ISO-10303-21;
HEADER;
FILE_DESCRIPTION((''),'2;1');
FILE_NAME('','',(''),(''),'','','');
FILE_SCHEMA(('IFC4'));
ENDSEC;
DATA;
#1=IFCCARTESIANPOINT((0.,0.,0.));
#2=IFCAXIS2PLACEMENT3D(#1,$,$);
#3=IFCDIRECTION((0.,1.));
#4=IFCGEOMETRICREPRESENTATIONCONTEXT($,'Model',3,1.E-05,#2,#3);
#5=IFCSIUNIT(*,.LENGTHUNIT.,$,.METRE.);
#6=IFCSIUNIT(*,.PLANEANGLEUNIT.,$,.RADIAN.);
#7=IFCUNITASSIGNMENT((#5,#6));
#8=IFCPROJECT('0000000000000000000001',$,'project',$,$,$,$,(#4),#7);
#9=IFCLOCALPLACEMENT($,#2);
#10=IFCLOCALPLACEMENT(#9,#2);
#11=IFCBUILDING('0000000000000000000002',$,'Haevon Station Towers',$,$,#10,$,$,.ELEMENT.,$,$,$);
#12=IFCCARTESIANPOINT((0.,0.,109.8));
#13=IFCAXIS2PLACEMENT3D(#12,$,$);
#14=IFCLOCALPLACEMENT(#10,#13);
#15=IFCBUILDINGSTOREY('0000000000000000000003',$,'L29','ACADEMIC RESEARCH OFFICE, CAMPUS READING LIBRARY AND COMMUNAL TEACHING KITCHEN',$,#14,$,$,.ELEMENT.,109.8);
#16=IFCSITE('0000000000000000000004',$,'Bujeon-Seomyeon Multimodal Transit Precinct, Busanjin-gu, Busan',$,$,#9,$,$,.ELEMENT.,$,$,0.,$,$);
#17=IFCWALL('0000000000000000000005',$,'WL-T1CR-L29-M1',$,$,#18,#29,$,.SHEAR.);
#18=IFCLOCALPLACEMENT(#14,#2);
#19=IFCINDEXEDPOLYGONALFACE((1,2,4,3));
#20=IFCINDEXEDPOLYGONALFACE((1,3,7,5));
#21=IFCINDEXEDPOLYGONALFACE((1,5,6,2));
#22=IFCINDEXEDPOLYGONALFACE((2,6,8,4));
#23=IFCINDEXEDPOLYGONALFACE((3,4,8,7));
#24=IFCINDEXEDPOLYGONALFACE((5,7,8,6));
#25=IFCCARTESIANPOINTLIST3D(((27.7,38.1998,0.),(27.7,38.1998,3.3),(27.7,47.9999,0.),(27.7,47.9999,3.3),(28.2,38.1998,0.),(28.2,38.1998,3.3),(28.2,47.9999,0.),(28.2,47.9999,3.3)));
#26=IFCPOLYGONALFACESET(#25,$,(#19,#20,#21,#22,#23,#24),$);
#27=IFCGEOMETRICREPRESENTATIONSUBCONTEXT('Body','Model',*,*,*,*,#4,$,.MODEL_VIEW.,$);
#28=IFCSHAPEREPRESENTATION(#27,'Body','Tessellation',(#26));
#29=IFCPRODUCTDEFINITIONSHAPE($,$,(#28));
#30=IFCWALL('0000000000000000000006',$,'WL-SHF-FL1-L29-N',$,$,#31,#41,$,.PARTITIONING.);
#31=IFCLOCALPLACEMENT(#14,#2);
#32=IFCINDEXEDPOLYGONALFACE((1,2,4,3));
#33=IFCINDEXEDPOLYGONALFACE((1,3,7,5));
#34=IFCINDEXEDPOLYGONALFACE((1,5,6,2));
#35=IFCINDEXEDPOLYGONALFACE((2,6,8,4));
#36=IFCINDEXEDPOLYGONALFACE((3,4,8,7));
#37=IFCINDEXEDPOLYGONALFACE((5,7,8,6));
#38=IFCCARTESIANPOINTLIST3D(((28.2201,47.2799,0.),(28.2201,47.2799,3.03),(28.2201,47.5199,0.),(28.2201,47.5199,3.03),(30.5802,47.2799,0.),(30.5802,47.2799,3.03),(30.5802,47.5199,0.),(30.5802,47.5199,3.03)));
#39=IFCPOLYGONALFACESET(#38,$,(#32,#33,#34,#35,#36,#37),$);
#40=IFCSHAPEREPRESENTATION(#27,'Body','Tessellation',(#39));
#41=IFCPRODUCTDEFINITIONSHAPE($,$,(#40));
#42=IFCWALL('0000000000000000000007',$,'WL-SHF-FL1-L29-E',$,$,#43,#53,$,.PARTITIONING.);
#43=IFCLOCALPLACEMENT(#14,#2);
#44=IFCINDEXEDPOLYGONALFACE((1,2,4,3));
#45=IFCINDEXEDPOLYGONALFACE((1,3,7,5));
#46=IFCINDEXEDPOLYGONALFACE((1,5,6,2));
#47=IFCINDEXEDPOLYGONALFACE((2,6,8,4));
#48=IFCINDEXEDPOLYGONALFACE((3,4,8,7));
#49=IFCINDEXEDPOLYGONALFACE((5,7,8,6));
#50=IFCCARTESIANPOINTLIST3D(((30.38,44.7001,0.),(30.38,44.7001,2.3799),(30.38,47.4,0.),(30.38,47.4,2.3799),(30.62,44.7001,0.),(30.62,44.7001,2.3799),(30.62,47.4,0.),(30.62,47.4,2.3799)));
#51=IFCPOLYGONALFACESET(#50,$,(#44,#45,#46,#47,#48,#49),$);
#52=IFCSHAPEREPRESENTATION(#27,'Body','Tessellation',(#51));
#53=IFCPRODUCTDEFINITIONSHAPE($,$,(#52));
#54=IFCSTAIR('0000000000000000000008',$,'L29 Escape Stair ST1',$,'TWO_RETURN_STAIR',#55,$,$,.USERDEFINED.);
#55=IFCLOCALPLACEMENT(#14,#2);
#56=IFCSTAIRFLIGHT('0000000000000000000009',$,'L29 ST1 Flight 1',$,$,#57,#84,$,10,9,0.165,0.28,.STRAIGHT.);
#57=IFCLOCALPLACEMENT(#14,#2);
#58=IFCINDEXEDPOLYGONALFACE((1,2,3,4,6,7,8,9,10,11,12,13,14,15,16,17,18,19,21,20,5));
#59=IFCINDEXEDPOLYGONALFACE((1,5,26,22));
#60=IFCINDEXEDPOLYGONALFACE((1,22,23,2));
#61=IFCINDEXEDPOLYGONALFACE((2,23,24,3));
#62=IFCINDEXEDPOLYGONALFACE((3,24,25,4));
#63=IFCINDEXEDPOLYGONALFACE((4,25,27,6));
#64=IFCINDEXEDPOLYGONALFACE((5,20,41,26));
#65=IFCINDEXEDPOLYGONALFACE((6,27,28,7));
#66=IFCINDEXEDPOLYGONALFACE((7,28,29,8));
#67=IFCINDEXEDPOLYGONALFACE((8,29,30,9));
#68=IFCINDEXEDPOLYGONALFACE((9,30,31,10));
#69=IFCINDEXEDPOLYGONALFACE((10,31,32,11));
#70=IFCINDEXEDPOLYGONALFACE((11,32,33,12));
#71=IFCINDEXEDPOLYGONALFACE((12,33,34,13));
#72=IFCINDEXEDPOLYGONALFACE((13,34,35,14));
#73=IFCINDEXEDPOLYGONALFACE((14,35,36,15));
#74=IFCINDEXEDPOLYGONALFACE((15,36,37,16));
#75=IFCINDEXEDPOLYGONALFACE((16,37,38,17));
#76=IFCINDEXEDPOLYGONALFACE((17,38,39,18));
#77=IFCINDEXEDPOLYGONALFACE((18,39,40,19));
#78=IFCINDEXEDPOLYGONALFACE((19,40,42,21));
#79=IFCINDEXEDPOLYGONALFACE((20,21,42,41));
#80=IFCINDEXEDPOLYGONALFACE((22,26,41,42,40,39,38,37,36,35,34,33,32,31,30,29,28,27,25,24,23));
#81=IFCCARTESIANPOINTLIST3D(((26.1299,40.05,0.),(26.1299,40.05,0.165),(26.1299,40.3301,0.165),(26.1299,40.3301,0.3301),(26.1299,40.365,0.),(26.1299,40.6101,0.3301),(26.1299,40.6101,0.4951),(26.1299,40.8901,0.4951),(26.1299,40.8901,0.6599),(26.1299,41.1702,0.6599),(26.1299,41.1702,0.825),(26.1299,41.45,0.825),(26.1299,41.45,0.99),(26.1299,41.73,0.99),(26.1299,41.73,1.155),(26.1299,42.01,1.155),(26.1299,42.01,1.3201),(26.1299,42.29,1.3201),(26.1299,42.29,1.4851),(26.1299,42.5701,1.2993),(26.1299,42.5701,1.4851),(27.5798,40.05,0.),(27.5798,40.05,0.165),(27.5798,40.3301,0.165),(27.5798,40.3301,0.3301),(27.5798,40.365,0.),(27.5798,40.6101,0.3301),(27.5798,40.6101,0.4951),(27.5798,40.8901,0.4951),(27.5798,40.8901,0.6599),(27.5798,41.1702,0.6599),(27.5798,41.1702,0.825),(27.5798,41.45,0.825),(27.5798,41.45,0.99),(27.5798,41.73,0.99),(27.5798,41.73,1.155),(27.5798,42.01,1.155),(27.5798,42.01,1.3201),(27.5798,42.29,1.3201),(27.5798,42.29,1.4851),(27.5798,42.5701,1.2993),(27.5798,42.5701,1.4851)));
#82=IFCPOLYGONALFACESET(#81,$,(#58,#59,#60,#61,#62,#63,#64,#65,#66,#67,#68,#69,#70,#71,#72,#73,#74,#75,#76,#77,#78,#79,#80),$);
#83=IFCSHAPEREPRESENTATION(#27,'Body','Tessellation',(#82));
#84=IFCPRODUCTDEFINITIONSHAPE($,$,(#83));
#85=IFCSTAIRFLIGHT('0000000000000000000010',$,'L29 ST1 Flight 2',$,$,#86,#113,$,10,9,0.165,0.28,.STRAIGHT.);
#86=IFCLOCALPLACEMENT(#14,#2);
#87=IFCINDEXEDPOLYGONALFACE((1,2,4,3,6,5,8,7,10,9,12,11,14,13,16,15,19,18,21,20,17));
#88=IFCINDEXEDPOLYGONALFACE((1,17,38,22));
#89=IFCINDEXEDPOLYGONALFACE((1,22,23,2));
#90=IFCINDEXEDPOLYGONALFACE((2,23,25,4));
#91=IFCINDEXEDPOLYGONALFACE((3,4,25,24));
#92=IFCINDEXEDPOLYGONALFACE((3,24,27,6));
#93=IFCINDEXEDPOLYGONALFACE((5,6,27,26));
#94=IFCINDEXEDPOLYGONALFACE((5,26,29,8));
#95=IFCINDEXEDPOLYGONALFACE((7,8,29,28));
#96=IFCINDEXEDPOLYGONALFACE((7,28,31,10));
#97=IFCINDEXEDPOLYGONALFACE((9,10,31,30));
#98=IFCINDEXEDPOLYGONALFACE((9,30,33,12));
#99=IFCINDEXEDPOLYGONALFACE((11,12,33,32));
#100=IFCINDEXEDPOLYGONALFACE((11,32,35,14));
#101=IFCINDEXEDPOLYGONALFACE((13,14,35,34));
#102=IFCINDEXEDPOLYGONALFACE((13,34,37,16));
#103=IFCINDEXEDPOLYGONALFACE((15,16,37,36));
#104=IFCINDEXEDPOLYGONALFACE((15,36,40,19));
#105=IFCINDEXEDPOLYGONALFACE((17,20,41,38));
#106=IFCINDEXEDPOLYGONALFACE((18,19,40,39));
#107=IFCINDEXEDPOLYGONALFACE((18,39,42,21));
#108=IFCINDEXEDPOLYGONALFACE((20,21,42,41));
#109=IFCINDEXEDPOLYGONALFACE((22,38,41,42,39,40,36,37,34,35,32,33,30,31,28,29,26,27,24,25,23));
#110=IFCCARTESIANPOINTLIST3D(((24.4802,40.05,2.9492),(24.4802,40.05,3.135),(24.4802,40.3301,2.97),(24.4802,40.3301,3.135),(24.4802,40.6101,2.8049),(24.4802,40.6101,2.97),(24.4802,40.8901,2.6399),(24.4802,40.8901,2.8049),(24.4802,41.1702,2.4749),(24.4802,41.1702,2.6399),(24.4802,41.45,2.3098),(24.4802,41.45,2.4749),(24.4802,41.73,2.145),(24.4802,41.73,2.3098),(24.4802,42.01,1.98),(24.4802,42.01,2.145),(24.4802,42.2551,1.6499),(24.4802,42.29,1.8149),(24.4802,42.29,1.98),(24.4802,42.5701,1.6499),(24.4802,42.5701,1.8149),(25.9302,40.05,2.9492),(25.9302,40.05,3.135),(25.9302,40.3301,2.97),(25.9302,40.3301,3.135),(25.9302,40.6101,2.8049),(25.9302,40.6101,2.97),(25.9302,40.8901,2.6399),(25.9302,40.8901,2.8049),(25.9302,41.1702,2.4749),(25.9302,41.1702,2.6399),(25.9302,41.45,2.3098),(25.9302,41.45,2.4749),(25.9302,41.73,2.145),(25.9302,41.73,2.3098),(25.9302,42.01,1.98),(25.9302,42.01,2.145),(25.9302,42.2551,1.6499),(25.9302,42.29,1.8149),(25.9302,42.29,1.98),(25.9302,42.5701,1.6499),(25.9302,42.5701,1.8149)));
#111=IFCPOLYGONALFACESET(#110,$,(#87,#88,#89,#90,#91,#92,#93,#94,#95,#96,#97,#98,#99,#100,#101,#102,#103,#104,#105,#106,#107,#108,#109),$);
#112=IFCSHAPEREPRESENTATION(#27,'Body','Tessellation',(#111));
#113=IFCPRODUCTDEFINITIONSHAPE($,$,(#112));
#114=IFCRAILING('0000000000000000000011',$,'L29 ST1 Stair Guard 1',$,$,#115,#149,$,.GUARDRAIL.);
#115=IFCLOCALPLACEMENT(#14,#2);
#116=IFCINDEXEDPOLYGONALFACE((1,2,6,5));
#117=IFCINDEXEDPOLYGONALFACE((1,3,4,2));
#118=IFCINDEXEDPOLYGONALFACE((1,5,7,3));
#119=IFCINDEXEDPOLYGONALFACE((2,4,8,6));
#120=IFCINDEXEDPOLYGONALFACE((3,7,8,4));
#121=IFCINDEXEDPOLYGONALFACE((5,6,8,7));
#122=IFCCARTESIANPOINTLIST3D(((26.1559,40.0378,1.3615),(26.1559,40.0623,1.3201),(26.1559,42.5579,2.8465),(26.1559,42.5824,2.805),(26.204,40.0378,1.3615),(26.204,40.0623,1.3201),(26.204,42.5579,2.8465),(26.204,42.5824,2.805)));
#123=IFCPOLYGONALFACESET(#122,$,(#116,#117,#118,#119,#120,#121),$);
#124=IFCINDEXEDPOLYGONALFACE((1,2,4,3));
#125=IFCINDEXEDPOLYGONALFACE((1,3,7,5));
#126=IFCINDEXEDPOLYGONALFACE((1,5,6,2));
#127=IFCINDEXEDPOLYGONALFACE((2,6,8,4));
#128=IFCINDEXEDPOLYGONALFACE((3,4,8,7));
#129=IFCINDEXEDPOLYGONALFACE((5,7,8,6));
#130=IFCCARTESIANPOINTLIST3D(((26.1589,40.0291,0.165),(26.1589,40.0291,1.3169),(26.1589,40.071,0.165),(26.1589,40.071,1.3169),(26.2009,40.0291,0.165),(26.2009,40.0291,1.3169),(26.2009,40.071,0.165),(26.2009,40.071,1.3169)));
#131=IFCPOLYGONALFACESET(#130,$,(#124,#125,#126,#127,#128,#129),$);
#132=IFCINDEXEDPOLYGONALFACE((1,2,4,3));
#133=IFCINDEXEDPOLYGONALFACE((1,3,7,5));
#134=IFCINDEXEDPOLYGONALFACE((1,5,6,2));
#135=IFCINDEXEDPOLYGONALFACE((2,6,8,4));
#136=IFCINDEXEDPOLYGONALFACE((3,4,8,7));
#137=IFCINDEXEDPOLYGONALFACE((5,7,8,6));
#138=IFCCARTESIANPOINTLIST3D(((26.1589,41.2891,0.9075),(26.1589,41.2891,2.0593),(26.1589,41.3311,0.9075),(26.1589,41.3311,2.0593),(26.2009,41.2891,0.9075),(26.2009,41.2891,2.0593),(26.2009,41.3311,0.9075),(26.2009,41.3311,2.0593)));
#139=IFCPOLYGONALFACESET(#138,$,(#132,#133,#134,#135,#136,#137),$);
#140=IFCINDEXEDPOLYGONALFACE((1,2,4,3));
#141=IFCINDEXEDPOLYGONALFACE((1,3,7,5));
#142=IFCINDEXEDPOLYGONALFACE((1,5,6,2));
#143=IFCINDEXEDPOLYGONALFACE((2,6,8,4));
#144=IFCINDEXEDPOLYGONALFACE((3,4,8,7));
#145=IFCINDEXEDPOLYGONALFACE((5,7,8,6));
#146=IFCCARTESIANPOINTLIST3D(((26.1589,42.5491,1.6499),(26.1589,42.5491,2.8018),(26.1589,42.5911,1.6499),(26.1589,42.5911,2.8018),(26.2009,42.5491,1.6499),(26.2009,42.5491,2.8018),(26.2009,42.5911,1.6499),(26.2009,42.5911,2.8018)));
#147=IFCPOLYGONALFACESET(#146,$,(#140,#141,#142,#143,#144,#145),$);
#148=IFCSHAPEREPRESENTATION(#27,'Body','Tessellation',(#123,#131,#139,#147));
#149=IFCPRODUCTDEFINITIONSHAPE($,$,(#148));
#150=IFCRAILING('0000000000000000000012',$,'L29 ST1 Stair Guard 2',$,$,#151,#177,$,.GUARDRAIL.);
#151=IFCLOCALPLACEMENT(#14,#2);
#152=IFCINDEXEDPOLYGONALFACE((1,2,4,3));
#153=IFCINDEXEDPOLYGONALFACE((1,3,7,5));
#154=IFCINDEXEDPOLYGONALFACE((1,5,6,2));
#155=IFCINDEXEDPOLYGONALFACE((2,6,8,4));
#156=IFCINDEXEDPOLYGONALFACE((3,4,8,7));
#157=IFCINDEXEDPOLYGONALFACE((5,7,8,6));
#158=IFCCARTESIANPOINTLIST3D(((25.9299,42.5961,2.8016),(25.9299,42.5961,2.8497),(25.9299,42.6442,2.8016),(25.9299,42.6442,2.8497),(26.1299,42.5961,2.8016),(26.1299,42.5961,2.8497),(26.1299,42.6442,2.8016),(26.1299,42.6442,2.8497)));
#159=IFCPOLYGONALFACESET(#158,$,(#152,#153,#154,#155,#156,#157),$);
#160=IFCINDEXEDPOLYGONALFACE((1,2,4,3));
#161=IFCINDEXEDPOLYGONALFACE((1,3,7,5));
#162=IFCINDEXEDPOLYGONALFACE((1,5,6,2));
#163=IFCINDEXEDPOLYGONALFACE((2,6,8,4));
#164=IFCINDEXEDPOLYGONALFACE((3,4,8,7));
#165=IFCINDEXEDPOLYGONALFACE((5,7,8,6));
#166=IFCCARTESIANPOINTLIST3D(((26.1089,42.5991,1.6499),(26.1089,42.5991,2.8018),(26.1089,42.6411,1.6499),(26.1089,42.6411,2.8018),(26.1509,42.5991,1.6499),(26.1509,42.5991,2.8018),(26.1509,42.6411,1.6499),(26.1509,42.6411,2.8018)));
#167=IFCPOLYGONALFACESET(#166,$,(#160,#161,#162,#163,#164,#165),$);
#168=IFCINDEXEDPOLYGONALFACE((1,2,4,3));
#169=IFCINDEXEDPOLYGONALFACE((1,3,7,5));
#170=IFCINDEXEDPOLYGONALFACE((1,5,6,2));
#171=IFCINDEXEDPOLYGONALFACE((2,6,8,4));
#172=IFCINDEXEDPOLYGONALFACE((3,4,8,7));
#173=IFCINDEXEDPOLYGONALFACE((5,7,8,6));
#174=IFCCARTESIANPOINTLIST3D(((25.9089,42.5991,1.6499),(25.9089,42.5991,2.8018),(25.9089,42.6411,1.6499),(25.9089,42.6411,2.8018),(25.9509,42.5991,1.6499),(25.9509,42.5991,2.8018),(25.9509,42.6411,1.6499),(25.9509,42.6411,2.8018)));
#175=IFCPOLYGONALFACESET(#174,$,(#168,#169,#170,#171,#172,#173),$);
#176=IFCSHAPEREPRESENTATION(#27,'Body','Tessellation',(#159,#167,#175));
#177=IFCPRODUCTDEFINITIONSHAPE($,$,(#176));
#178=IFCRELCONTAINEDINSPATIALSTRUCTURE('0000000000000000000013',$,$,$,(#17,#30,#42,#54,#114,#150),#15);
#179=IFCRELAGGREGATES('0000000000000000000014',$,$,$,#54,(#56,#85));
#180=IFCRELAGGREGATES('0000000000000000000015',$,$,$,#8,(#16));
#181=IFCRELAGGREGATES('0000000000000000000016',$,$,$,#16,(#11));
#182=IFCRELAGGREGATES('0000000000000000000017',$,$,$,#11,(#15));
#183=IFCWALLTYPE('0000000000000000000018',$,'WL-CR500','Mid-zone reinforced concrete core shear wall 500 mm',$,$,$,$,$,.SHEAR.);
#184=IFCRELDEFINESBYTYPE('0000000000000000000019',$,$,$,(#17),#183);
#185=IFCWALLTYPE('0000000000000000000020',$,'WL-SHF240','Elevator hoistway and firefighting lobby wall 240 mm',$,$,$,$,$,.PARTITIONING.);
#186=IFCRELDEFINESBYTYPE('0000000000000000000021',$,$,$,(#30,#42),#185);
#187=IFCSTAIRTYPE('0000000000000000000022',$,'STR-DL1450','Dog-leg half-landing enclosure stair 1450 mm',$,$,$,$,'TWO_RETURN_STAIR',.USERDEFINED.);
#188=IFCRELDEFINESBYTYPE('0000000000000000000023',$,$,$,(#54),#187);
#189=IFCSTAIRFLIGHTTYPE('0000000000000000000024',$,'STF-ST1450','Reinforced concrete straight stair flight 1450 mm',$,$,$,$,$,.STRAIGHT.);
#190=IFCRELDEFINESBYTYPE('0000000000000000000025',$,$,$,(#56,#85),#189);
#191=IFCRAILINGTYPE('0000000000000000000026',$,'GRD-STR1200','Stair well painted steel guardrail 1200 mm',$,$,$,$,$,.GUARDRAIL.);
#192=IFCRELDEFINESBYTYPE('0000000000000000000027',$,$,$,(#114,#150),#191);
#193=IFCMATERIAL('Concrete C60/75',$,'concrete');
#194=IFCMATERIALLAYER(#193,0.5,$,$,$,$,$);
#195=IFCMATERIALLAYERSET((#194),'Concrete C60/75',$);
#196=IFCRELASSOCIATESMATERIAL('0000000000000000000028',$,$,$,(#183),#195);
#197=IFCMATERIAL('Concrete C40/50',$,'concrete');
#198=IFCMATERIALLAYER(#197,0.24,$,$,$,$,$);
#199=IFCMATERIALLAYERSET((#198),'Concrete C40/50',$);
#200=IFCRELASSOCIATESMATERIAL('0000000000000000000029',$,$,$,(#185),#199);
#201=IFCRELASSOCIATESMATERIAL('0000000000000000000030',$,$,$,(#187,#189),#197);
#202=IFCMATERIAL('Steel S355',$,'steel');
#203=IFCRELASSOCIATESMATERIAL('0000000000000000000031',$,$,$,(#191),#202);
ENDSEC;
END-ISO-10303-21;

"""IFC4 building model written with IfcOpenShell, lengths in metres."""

from ifc_helpers import new_model, si_unit, direction, frame, frame_2d, origin, origin_2d, place, context, subcontext, project, spatial, polyline, rectangle, outline, extrude, material, layer, layer_set, type_object, element, aggregate, save


model = new_model("IFC4")

# Units and contexts
model_context = context("Model", 3, precision=1e-05, world=origin(), true_north=direction((0.0, 1.0)))
body_context = subcontext(model_context, "Body", "Model", "MODEL_VIEW")
ifc_project = project(units=[si_unit("LENGTHUNIT", "METRE"), si_unit("PLANEANGLEUNIT", "RADIAN")], contexts=[model_context])

# Site, building, storey
site_placement = place(None, origin())
site = spatial("IfcSite", under=ifc_project, at=site_placement, Name="Bujeon-Seomyeon Multimodal Transit Precinct, Busanjin-gu, Busan", CompositionType="ELEMENT", RefElevation=0.0)
building_placement = place(site_placement, origin())
building = spatial("IfcBuilding", under=site, at=building_placement, Name="Haevon Station Towers", CompositionType="ELEMENT")
storey_placement = place(building_placement, frame((0.0, 0.0, 109.8)))
storey = spatial("IfcBuildingStorey", under=building, at=storey_placement, Name="L29", Description="ACADEMIC RESEARCH OFFICE, CAMPUS READING LIBRARY AND COMMUNAL TEACHING KITCHEN", CompositionType="ELEMENT", Elevation=109.8)

# Shared definitions
ifc_material_1 = material(Name="Steel S355", Category="steel")

# Wall
ifc_material_2 = material(Name="Concrete C60/75", Category="concrete")
ifc_layer_1 = layer(ifc_material_2, 0.5)
ifc_layer_set_1 = layer_set([ifc_layer_1], Name="Concrete C60/75")
wall_type_1 = type_object("IfcWallType", Name="WL-CR500", Description="Mid-zone reinforced concrete core shear wall 500 mm", PredefinedType="SHEAR", material=ifc_layer_set_1)
wall_1_placement = place(storey_placement, frame((27.95, 38.2, 0.0), z_axis=(0.0, 0.0, 1.0), x_axis=(0.0, 1.0, 0.0)))
element("IfcWall", 1, at=wall_1_placement, inside=storey, type_object=wall_type_1, Name="WL-T1CR-L29-M1", PredefinedType="SHEAR", context=body_context, shape_type="SweptSolid", body=[
    extrude(rectangle(XDim=9.8, YDim=0.5, at=frame_2d((4.8999, 0.0))), origin(), (0.0, 0.0, 1.0), 3.3),
])

# Shared definitions
ifc_material_3 = material(Name="Concrete C40/50", Category="concrete")
ifc_layer_2 = layer(ifc_material_3, 0.24)
ifc_layer_set_2 = layer_set([ifc_layer_2], Name="Concrete C40/50")
wall_type_2 = type_object("IfcWallType", Name="WL-SHF240", Description="Elevator hoistway and firefighting lobby wall 240 mm", PredefinedType="PARTITIONING", material=ifc_layer_set_2)

# Walls
wall_2_placement = place(storey_placement, frame((28.22, 47.3999, 0.0), z_axis=(0.0, 0.0, 1.0), x_axis=(1.0, 0.0, 0.0)))
element("IfcWall", 2, at=wall_2_placement, inside=storey, type_object=wall_type_2, Name="WL-SHF-FL1-L29-N", PredefinedType="PARTITIONING", context=body_context, shape_type="SweptSolid", body=[
    extrude(rectangle(XDim=2.3601, YDim=0.24, at=frame_2d((1.1802, 0.0))), origin(), (0.0, 0.0, 1.0), 3.03),
])
wall_3_placement = place(storey_placement, frame((30.5, 44.7, 0.0), z_axis=(0.0, 0.0, 1.0), x_axis=(0.0, 1.0, 0.0)))
element("IfcWall", 3, at=wall_3_placement, inside=storey, type_object=wall_type_2, Name="WL-SHF-FL1-L29-E", PredefinedType="PARTITIONING", context=body_context, shape_type="SweptSolid", body=[
    extrude(rectangle(XDim=2.7, YDim=0.24, at=frame_2d((1.3501, 0.0))), origin(), (0.0, 0.0, 1.0), 2.3799),
])

# Stair, stair flights
stair_type = type_object("IfcStairType", Name="STR-DL1450", Description="Dog-leg half-landing enclosure stair 1450 mm", ElementType="TWO_RETURN_STAIR", PredefinedType="USERDEFINED", material=ifc_material_3)
stair_placement = place(storey_placement, origin())
stair = element("IfcStair", 4, at=stair_placement, inside=storey, type_object=stair_type, Name="L29 Escape Stair ST1", ObjectType="TWO_RETURN_STAIR", PredefinedType="USERDEFINED")
stair_flight_type = type_object("IfcStairFlightType", Name="STF-ST1450", Description="Reinforced concrete straight stair flight 1450 mm", PredefinedType="STRAIGHT", material=ifc_material_3)
stair_flight_1_placement = place(storey_placement, frame((26.855, 40.05, 0.0), z_axis=(0.0, 0.0, 1.0), x_axis=(0.0, 1.0, 0.0)))
stair_flight_1 = element("IfcStairFlight", 5, at=stair_flight_1_placement, type_object=stair_flight_type, Name="L29 ST1 Flight 1", NumberOfRisers=10, NumberOfTreads=9, PredefinedType="STRAIGHT", RiserHeight=0.165, TreadLength=0.28, context=body_context, shape_type="SweptSolid", body=[
    extrude(outline(polyline([(0.0, 0.0), (0.0, 0.165), (0.28, 0.165), (0.28, 0.3301), (0.5601, 0.3301), (0.5601, 0.4951), (0.8401, 0.4951), (0.8401, 0.6599), (1.1201, 0.6599), (1.1201, 0.825), (1.3999, 0.825), (1.3999, 0.99), (1.6799, 0.99), (1.6799, 1.155), (1.96, 1.155), (1.96, 1.3201), (2.24, 1.3201), (2.24, 1.4851), (2.52, 1.4851), (2.52, 1.6499), (2.52, 1.2993), (0.3149, 0.0), (0.0, 0.0)])), frame((0.0, 0.7251, 0.0), z_axis=(0.0, -1.0, 0.0), x_axis=(1.0, 0.0, 0.0)), (0.0, 0.0, 1.0), 1.45),
])
stair_flight_2_placement = place(storey_placement, frame((25.2051, 42.5701, 1.6499), z_axis=(0.0, 0.0, 1.0), x_axis=(0.0, -1.0, 0.0)))
stair_flight_2 = element("IfcStairFlight", 6, at=stair_flight_2_placement, type_object=stair_flight_type, Name="L29 ST1 Flight 2", NumberOfRisers=10, NumberOfTreads=9, PredefinedType="STRAIGHT", RiserHeight=0.165, TreadLength=0.28, context=body_context, shape_type="SweptSolid", body=[
    extrude(outline(polyline([(0.0, 0.0), (0.0, 0.165), (0.28, 0.165), (0.28, 0.3301), (0.5601, 0.3301), (0.5601, 0.4951), (0.8401, 0.4951), (0.8401, 0.6599), (1.1201, 0.6599), (1.1201, 0.825), (1.3999, 0.825), (1.3999, 0.99), (1.6799, 0.99), (1.6799, 1.155), (1.96, 1.155), (1.96, 1.3201), (2.24, 1.3201), (2.24, 1.4851), (2.52, 1.4851), (2.52, 1.6499), (2.52, 1.2993), (0.3149, 0.0), (0.0, 0.0)])), frame((0.0, 0.7251, 0.0), z_axis=(0.0, -1.0, 0.0), x_axis=(1.0, 0.0, 0.0)), (0.0, 0.0, 1.0), 1.45),
])
aggregate(stair, [stair_flight_1, stair_flight_2])

# Railings
railing_type_1 = type_object("IfcRailingType", Name="GRD-STR1200", Description="Stair well painted steel guardrail 1200 mm", PredefinedType="GUARDRAIL", material=ifc_material_1)
railing_1_placement = place(storey_placement, frame((26.1799, 40.05, 0.165)))
element("IfcRailing", 7, at=railing_1_placement, inside=storey, type_object=railing_type_1, Name="L29 ST1 Stair Guard 1", PredefinedType="GUARDRAIL", context=body_context, shape_type="SweptSolid", body=[
    extrude(rectangle(XDim=0.0481, YDim=0.0481, at=origin_2d()), frame((0.0, 0.0, 1.1758), z_axis=(0.0, 0.861561, 0.507655), x_axis=(-1.0, 0.0, 0.0)), (0.0, 0.0, 1.0), 2.925),
    extrude(rectangle(XDim=0.042, YDim=0.042, at=origin_2d()), origin(), (0.0, 0.0, 1.0), 1.1519),
    extrude(rectangle(XDim=0.042, YDim=0.042, at=origin_2d()), frame((0.0, 1.26, 0.7424)), (0.0, 0.0, 1.0), 1.1519),
    extrude(rectangle(XDim=0.042, YDim=0.042, at=origin_2d()), frame((0.0, 2.52, 1.4849)), (0.0, 0.0, 1.0), 1.1519),
])
railing_2_placement = place(storey_placement, frame((26.1299, 42.6201, 1.6499)))
element("IfcRailing", 8, at=railing_2_placement, inside=storey, type_object=railing_type_1, Name="L29 ST1 Stair Guard 2", PredefinedType="GUARDRAIL", context=body_context, shape_type="SweptSolid", body=[
    extrude(rectangle(XDim=0.0481, YDim=0.0481, at=origin_2d()), frame((0.0, 0.0, 1.1758), z_axis=(-1.0, 0.0, 0.0), x_axis=(0.0, -1.0, 0.0)), (0.0, 0.0, 1.0), 0.2),
    extrude(rectangle(XDim=0.042, YDim=0.042, at=origin_2d()), origin(), (0.0, 0.0, 1.0), 1.1519),
    extrude(rectangle(XDim=0.042, YDim=0.042, at=origin_2d()), frame((-0.2, 0.0, 0.0)), (0.0, 0.0, 1.0), 1.1519),
])

save(model, "model.ifc")
